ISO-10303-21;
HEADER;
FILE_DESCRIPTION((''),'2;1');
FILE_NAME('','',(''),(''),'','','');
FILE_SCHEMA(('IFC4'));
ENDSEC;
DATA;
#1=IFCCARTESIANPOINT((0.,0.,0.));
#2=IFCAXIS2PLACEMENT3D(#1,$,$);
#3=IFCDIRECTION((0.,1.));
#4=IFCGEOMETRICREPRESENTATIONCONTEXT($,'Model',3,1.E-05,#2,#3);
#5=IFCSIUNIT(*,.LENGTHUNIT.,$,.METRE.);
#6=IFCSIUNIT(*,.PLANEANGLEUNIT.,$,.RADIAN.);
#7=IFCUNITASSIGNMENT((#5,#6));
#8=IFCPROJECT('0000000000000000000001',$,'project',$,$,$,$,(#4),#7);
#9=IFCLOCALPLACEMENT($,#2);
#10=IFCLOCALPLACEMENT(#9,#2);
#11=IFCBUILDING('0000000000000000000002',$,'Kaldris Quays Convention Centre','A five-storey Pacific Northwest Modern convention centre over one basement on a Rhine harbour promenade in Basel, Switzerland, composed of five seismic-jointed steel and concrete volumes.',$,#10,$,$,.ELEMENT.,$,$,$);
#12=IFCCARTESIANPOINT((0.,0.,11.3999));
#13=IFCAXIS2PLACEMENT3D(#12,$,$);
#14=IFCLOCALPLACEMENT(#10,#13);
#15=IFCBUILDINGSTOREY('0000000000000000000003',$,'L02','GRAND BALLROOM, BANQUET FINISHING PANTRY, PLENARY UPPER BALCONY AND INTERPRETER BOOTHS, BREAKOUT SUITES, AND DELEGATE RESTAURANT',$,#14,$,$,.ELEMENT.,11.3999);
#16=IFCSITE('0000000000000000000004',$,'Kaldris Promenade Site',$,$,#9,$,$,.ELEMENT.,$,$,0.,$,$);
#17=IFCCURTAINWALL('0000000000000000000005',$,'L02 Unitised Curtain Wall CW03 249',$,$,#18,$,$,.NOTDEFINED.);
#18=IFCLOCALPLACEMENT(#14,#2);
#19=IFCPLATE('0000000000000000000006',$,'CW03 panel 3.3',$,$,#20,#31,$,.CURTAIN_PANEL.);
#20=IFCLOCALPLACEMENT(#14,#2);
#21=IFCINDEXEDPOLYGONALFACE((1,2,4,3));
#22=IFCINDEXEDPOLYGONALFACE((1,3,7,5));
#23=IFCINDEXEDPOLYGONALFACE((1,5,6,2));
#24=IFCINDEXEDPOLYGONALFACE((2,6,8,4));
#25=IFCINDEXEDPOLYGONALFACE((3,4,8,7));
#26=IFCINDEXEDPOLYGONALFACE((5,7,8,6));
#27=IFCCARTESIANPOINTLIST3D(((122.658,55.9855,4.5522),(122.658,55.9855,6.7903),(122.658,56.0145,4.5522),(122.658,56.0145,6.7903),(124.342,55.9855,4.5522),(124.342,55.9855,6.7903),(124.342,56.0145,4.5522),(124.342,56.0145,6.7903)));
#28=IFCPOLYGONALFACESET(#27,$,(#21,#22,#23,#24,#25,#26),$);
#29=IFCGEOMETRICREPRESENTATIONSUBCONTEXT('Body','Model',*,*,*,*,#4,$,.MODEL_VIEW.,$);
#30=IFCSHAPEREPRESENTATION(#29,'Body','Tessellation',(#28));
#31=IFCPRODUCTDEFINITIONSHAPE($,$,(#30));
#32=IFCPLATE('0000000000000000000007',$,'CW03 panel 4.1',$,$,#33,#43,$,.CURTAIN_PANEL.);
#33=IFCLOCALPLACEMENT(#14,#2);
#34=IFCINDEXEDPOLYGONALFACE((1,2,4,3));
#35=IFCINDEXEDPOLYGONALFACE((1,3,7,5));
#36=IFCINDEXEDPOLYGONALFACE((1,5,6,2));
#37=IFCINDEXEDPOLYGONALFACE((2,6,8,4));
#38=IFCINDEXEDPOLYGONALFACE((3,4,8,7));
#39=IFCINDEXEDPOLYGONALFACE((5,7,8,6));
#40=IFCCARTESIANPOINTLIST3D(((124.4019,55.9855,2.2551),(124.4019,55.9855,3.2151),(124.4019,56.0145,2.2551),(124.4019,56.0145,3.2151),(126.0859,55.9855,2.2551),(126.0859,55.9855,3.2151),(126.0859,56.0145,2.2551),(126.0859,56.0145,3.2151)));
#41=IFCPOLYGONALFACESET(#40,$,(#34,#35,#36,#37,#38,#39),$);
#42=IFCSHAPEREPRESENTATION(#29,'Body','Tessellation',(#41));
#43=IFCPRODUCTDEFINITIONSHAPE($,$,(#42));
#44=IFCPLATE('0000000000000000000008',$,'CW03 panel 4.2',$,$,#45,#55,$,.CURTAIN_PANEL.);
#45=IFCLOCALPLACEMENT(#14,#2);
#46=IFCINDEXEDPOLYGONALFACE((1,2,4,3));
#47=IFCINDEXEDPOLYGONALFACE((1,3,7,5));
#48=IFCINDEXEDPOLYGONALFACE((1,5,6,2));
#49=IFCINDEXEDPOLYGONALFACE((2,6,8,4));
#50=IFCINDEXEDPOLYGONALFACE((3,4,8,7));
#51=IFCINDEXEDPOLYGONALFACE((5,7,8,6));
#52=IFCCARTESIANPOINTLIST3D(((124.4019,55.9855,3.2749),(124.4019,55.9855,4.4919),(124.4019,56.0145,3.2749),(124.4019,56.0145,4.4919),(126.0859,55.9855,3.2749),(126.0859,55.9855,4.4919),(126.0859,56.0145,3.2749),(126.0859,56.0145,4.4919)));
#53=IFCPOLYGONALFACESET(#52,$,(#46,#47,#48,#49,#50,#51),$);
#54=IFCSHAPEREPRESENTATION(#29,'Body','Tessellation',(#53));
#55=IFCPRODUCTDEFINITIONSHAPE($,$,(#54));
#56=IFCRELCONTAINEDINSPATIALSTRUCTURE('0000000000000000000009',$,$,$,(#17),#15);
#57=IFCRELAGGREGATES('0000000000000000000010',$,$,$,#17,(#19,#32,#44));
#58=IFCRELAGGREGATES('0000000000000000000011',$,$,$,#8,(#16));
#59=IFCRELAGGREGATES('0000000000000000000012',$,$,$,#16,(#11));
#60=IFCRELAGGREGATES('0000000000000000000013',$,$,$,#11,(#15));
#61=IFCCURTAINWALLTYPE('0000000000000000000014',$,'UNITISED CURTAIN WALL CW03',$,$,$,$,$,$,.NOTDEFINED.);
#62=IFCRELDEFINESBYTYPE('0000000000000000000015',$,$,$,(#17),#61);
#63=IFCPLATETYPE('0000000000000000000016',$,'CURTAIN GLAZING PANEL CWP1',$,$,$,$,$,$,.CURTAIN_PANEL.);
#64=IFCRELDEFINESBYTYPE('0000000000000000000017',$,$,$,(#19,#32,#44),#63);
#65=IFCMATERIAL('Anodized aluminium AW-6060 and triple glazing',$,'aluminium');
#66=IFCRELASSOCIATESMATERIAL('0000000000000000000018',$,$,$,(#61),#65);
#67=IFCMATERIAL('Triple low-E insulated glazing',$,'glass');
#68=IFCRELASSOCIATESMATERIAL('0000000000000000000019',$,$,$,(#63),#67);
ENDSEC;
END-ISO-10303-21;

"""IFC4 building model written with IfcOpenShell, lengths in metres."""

from ifc_helpers import new_model, si_unit, direction, frame, origin, origin_2d, place, context, subcontext, project, spatial, rectangle, extrude, material, type_object, element, aggregate, save


model = new_model("IFC4")

# Units and contexts
model_context = context("Model", 3, precision=1e-05, world=origin(), true_north=direction((0.0, 1.0)))
body_context = subcontext(model_context, "Body", "Model", "MODEL_VIEW")
ifc_project = project(units=[si_unit("LENGTHUNIT", "METRE"), si_unit("PLANEANGLEUNIT", "RADIAN")], contexts=[model_context])

# Site, building, storey
site_placement = place(None, origin())
site = spatial("IfcSite", under=ifc_project, at=site_placement, Name="Kaldris Promenade Site", CompositionType="ELEMENT", RefElevation=0.0)
building_placement = place(site_placement, origin())
building = spatial("IfcBuilding", under=site, at=building_placement, Name="Kaldris Quays Convention Centre", Description="A five-storey Pacific Northwest Modern convention centre over one basement on a Rhine harbour promenade in Basel, Switzerland, composed of five seismic-jointed steel and concrete volumes.", CompositionType="ELEMENT")
storey_placement = place(building_placement, frame((0.0, 0.0, 11.3999)))
storey = spatial("IfcBuildingStorey", under=building, at=storey_placement, Name="L02", Description="GRAND BALLROOM, BANQUET FINISHING PANTRY, PLENARY UPPER BALCONY AND INTERPRETER BOOTHS, BREAKOUT SUITES, AND DELEGATE RESTAURANT", CompositionType="ELEMENT", Elevation=11.3999)

# Curtain wall
ifc_material_1 = material(Name="Anodized aluminium AW-6060 and triple glazing", Category="aluminium")
curtain_wall_type = type_object("IfcCurtainWallType", Name="UNITISED CURTAIN WALL CW03", PredefinedType="NOTDEFINED", material=ifc_material_1)
curtain_wall_placement = place(storey_placement, origin())
curtain_wall = element("IfcCurtainWall", 1, at=curtain_wall_placement, inside=storey, type_object=curtain_wall_type, Name="L02 Unitised Curtain Wall CW03 249", PredefinedType="NOTDEFINED")

# Plates
ifc_material_2 = material(Name="Triple low-E insulated glazing", Category="glass")
plate_type = type_object("IfcPlateType", Name="CURTAIN GLAZING PANEL CWP1", PredefinedType="CURTAIN_PANEL", material=ifc_material_2)
plate_1_placement = place(storey_placement, frame((123.5, 56.0, 4.5522), z_axis=(0.0, 0.0, 1.0), x_axis=(1.0, 0.0, 0.0)))
plate_1 = element("IfcPlate", 2, at=plate_1_placement, type_object=plate_type, Name="CW03 panel 3.3", PredefinedType="CURTAIN_PANEL", context=body_context, shape_type="SweptSolid", body=[
    extrude(rectangle(XDim=1.6841, YDim=0.0291, at=origin_2d()), origin(), (0.0, 0.0, 1.0), 2.238),
])
plate_2_placement = place(storey_placement, frame((125.2439, 56.0, 2.2551), z_axis=(0.0, 0.0, 1.0), x_axis=(1.0, 0.0, 0.0)))
plate_2 = element("IfcPlate", 3, at=plate_2_placement, type_object=plate_type, Name="CW03 panel 4.1", PredefinedType="CURTAIN_PANEL", context=body_context, shape_type="SweptSolid", body=[
    extrude(rectangle(XDim=1.6841, YDim=0.0291, at=origin_2d()), origin(), (0.0, 0.0, 1.0), 0.96),
])
plate_3_placement = place(storey_placement, frame((125.2439, 56.0, 3.2749), z_axis=(0.0, 0.0, 1.0), x_axis=(1.0, 0.0, 0.0)))
plate_3 = element("IfcPlate", 4, at=plate_3_placement, type_object=plate_type, Name="CW03 panel 4.2", PredefinedType="CURTAIN_PANEL", context=body_context, shape_type="SweptSolid", body=[
    extrude(rectangle(XDim=1.6841, YDim=0.0291, at=origin_2d()), origin(), (0.0, 0.0, 1.0), 1.217),
])
aggregate(curtain_wall, [plate_1, plate_2, plate_3])

save(model, "model.ifc")
